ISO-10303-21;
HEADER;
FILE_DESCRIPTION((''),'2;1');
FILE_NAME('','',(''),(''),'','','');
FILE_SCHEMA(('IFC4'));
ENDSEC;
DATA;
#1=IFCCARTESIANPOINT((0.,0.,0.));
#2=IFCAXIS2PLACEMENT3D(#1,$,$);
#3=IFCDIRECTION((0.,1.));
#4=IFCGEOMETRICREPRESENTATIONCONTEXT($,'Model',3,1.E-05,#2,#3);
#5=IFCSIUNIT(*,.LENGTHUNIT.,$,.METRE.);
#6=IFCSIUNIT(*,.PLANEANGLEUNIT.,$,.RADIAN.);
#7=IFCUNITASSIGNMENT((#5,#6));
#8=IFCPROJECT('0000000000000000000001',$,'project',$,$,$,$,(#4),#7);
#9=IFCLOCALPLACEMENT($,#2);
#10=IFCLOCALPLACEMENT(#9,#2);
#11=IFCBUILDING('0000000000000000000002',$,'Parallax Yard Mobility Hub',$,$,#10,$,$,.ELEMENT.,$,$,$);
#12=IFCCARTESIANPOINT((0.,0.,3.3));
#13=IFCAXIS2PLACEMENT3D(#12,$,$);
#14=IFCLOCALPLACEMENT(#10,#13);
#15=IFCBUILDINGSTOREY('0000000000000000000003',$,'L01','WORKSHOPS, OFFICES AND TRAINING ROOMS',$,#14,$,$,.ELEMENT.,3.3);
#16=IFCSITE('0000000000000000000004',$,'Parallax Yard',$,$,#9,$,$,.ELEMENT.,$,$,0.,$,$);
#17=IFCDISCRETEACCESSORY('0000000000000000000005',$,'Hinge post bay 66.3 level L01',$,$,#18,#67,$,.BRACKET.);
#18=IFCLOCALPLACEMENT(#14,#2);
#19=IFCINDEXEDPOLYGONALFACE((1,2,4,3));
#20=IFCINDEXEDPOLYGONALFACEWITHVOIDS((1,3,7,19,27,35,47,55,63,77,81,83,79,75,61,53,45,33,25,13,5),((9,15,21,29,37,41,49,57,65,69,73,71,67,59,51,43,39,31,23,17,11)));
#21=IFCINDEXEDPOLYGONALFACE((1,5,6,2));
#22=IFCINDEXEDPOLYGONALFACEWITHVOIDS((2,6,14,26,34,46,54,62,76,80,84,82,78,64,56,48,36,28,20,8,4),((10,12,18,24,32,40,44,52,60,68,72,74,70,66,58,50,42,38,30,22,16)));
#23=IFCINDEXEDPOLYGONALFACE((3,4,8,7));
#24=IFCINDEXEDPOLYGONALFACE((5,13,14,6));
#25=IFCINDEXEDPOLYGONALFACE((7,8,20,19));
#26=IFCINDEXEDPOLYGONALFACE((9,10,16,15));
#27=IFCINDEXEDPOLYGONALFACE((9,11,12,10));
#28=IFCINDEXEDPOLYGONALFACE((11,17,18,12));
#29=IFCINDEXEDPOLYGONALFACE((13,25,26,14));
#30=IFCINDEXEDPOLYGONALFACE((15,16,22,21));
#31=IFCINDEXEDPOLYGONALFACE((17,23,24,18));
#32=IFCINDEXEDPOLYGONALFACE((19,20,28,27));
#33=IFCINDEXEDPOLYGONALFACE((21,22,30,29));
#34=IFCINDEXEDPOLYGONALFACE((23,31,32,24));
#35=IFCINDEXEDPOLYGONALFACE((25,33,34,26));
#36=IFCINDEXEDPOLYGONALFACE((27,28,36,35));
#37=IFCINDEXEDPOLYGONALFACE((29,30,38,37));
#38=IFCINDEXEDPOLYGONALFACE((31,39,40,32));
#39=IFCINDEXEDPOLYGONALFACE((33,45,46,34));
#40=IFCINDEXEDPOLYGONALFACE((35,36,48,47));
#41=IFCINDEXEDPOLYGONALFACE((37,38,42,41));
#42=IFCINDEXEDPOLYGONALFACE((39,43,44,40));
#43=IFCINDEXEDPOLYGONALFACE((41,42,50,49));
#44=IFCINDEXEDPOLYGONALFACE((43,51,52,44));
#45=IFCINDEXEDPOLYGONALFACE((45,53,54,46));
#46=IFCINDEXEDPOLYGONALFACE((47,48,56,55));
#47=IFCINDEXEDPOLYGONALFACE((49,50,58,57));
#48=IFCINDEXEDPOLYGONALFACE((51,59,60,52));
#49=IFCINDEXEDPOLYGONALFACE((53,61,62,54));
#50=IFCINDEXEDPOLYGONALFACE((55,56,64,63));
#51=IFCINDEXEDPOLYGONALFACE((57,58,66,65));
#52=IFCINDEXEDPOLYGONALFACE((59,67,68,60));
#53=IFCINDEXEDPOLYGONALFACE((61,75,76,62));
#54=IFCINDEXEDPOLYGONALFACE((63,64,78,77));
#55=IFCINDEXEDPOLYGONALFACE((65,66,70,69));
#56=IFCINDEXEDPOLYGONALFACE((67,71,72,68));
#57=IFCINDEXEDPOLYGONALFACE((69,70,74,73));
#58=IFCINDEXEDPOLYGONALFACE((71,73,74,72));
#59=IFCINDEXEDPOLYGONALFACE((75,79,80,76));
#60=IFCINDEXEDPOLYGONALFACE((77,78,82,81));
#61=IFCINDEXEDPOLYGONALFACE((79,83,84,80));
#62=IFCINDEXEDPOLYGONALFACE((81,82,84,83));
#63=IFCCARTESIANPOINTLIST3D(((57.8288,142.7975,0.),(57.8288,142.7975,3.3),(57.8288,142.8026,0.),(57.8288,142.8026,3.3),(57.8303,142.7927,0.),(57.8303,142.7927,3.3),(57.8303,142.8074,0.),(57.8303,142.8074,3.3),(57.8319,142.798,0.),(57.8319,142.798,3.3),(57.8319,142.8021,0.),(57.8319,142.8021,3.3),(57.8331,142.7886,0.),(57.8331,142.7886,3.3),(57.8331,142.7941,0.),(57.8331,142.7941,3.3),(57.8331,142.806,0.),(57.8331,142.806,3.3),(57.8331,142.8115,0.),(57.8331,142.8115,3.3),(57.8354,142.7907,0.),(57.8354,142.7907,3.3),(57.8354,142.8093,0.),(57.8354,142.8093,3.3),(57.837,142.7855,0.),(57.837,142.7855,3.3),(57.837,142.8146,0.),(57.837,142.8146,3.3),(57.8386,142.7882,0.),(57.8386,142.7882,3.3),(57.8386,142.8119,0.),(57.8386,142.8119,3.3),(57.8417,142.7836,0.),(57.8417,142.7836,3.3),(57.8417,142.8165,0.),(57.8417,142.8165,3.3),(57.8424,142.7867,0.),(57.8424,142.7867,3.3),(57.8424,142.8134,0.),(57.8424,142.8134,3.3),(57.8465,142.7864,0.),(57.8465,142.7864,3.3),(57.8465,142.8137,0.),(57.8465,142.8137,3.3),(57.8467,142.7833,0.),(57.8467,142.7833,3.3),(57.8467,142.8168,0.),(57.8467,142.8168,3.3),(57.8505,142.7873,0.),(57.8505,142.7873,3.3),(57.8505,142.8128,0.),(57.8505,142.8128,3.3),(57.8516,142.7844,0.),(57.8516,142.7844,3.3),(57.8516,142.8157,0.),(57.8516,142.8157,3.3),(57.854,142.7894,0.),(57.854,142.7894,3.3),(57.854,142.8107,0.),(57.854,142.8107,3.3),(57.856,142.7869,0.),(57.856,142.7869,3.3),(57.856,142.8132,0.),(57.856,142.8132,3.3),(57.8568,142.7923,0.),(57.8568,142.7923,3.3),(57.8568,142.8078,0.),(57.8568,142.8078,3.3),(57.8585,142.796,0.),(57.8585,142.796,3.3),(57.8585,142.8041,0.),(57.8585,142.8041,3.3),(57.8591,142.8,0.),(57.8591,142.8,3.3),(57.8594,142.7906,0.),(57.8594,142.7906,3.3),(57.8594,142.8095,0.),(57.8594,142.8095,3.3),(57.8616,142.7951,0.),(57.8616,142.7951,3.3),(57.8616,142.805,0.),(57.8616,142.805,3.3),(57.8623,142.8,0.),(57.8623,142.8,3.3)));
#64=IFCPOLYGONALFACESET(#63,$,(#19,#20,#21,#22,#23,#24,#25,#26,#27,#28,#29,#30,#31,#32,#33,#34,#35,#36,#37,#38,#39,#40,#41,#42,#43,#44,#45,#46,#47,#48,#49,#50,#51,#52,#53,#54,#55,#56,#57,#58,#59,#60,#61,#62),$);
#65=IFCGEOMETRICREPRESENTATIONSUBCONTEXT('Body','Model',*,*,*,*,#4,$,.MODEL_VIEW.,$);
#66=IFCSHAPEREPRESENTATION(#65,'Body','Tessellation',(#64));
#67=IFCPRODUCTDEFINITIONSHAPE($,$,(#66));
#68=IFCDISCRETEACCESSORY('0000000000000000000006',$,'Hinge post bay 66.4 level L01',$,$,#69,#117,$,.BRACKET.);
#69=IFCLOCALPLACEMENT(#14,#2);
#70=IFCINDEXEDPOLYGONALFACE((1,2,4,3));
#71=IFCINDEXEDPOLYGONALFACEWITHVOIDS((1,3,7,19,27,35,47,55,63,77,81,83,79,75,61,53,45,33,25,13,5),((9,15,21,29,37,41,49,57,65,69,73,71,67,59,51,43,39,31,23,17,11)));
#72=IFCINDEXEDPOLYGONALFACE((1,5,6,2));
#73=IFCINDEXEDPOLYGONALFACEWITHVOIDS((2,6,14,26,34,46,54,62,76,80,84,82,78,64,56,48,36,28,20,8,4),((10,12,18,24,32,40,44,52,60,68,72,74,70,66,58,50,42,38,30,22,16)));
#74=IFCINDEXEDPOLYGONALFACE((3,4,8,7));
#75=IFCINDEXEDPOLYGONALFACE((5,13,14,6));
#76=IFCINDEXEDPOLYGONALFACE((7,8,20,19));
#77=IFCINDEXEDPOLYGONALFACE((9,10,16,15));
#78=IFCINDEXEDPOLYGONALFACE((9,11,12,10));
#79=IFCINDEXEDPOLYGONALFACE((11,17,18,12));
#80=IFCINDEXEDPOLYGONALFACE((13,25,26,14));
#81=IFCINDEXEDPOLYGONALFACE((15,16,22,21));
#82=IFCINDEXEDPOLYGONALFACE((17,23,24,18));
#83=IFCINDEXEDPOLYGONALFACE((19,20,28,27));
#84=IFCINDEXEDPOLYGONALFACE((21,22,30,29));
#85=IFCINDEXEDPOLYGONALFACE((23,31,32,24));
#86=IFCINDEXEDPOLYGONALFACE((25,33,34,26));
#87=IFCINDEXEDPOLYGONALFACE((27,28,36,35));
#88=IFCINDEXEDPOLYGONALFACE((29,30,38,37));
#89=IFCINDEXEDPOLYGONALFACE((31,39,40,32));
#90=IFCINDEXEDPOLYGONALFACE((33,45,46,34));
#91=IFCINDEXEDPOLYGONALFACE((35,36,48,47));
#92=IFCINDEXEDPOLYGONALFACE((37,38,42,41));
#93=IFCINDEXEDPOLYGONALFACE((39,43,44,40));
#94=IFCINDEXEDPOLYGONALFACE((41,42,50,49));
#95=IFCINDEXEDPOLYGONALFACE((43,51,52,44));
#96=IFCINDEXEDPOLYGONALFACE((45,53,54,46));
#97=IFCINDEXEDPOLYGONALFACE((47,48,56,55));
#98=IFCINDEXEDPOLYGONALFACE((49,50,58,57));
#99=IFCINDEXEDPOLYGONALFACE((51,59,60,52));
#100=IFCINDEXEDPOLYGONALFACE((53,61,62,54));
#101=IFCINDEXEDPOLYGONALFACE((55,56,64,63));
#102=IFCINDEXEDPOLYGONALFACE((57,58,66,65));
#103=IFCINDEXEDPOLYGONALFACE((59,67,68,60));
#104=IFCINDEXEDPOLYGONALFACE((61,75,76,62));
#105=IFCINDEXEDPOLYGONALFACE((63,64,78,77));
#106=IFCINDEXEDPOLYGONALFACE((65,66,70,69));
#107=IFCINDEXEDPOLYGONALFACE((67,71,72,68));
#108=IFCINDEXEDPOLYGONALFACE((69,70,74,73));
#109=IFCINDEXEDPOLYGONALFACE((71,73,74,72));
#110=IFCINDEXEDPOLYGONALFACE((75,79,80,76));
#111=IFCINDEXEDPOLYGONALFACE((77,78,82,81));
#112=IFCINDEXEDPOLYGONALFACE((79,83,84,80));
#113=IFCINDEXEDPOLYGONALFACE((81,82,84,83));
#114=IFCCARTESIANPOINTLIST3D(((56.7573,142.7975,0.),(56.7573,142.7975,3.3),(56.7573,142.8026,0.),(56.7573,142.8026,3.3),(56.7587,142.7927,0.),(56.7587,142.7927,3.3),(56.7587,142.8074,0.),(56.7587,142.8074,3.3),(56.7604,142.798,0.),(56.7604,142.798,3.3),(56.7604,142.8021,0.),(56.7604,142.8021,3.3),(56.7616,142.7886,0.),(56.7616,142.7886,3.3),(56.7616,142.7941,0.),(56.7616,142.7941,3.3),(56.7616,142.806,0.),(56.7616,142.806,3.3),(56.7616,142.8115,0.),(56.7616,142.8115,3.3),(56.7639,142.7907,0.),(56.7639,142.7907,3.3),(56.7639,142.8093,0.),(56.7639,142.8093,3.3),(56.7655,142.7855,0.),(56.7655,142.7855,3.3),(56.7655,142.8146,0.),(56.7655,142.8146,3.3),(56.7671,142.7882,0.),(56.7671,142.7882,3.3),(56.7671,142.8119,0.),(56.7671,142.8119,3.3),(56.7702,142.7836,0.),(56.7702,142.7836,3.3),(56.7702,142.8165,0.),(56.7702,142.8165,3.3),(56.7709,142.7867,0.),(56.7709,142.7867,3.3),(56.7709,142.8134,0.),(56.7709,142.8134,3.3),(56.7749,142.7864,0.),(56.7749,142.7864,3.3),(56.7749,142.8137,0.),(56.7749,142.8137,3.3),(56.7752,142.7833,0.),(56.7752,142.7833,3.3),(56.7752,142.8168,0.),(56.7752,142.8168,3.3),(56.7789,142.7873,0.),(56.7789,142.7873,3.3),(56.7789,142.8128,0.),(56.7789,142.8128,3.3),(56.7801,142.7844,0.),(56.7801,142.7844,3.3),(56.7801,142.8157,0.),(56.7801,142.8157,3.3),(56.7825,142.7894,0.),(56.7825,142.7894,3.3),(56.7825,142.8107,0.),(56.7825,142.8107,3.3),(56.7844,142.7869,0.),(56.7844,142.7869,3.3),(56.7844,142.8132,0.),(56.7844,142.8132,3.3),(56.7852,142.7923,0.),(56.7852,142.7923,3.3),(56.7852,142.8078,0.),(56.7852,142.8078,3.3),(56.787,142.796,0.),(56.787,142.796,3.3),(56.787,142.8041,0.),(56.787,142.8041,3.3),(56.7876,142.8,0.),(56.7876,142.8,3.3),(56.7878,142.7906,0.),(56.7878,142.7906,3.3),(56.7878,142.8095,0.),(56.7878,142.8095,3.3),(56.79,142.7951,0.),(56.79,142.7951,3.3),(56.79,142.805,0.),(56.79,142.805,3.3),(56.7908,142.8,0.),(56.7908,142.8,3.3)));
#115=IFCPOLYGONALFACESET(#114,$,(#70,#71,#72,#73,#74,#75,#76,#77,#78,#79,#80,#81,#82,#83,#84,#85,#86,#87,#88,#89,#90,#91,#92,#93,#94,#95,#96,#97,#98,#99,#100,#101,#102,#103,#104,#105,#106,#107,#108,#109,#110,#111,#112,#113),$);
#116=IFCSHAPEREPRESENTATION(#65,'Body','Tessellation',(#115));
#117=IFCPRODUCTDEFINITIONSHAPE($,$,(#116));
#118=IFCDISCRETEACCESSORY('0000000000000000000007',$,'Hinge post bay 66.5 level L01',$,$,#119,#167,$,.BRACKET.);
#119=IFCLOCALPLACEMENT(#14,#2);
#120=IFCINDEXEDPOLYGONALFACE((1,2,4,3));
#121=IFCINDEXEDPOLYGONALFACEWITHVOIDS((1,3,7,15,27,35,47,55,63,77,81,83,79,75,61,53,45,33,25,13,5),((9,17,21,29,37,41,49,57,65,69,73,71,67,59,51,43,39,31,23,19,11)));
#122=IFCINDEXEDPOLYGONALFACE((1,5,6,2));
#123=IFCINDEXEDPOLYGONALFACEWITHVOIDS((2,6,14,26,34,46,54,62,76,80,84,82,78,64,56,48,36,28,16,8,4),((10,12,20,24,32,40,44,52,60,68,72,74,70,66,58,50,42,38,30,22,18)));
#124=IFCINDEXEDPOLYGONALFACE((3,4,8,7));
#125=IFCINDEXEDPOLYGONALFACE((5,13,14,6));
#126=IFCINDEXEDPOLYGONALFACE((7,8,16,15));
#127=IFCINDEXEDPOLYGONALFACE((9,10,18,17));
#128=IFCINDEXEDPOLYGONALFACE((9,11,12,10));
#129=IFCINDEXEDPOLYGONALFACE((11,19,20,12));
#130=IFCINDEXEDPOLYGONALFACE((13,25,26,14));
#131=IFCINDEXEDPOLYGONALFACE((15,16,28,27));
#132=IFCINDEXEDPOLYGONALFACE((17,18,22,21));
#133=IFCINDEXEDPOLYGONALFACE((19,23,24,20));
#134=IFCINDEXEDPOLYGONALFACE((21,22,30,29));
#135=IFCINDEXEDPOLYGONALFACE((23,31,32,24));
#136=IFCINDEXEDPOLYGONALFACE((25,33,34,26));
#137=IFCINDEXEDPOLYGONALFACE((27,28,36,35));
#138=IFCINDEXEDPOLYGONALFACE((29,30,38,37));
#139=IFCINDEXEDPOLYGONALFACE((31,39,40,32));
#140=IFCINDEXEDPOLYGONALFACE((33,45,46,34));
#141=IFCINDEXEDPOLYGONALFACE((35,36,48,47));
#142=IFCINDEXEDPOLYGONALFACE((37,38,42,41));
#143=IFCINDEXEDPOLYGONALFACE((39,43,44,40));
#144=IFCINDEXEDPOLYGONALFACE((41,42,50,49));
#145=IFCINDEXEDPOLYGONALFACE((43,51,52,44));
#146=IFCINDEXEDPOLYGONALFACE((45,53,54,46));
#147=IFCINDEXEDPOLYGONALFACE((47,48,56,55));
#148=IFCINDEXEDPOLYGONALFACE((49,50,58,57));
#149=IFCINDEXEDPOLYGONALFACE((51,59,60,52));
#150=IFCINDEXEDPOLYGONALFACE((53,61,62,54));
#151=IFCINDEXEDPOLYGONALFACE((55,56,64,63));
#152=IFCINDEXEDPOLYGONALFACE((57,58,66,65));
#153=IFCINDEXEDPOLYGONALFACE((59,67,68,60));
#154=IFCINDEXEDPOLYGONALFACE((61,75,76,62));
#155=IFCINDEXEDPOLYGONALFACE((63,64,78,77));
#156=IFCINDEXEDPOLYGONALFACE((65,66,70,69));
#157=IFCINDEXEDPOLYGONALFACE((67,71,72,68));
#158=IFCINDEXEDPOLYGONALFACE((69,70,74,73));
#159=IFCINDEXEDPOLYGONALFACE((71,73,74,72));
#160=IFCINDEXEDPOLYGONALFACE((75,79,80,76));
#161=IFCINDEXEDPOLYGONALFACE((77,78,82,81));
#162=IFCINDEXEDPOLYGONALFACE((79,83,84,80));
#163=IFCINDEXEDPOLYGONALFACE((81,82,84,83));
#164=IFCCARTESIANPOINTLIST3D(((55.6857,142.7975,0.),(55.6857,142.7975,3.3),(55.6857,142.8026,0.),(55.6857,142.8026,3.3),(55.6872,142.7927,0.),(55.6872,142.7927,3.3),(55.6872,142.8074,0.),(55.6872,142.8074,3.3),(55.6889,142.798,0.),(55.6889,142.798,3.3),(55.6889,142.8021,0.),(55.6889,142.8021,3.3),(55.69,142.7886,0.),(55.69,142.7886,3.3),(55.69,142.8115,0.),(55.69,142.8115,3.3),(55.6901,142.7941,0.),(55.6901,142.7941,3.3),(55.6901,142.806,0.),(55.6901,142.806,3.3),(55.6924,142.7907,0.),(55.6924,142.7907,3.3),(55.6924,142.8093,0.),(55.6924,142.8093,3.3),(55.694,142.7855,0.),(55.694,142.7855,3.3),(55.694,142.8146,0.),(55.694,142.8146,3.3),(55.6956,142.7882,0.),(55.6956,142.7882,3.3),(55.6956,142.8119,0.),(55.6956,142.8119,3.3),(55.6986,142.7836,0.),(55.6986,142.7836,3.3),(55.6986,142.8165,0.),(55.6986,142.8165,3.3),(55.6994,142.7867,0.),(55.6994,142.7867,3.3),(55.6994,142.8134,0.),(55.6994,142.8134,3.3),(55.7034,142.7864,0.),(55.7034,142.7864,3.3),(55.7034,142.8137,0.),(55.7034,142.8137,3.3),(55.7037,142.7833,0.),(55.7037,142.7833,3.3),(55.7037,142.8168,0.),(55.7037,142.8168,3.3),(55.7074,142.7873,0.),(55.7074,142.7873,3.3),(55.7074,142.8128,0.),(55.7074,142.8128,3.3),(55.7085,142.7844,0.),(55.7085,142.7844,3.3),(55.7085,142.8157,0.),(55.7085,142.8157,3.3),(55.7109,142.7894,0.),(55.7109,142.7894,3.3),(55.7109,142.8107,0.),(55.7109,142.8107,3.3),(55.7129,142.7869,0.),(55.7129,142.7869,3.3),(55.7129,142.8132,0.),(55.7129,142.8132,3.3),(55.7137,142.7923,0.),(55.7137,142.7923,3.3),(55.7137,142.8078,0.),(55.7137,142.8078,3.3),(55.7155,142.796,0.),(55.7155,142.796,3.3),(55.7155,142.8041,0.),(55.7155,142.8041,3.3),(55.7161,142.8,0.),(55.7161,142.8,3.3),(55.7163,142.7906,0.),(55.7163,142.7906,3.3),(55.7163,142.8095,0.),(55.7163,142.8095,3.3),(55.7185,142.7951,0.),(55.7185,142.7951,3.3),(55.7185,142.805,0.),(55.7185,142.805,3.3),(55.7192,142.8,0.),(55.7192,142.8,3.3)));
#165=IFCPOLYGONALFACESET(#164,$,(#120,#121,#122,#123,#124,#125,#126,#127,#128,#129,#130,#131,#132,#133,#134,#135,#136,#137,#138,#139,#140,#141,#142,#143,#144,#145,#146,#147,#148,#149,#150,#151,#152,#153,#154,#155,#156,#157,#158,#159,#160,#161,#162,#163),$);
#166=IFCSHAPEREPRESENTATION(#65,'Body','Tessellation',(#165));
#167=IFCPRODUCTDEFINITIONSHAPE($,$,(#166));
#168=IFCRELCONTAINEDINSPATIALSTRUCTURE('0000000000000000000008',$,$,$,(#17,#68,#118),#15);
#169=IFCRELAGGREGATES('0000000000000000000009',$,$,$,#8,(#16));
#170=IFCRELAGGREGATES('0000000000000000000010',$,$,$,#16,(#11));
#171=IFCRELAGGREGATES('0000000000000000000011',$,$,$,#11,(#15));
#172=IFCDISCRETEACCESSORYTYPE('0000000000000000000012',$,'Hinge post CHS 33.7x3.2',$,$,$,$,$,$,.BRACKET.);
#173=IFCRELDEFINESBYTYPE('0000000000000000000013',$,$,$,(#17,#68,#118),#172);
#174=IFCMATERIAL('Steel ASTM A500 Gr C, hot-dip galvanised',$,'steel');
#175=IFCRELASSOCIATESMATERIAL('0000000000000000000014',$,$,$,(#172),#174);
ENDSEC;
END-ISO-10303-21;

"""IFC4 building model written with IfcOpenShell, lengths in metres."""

from ifc_helpers import new_model, si_unit, direction, frame, origin, origin_2d, place, context, subcontext, project, spatial, hollow_circle, extrude, material, material_profile, profile_set, type_object, element, save


model = new_model("IFC4")

# Units and contexts
model_context = context("Model", 3, precision=1e-05, world=origin(), true_north=direction((0.0, 1.0)))
body_context = subcontext(model_context, "Body", "Model", "MODEL_VIEW")
ifc_project = project(units=[si_unit("LENGTHUNIT", "METRE"), si_unit("PLANEANGLEUNIT", "RADIAN")], contexts=[model_context])

# Site, building, storey
site_placement = place(None, origin())
site = spatial("IfcSite", under=ifc_project, at=site_placement, Name="Parallax Yard", CompositionType="ELEMENT", RefElevation=0.0)
building_placement = place(site_placement, origin())
building = spatial("IfcBuilding", under=site, at=building_placement, Name="Parallax Yard Mobility Hub", CompositionType="ELEMENT")
storey_placement = place(building_placement, frame((0.0, 0.0, 3.3)))
storey = spatial("IfcBuildingStorey", under=building, at=storey_placement, Name="L01", Description="WORKSHOPS, OFFICES AND TRAINING ROOMS", CompositionType="ELEMENT", Elevation=3.3)

# Discrete accessories
ifc_material_1 = material(Name="Steel ASTM A500 Gr C, hot-dip galvanised", Category="steel")
ifc_material_profile = material_profile(ifc_material_1, hollow_circle(Radius=0.0168, WallThickness=0.0032, at=origin_2d()), Name="CHS 33.7x3.2")
ifc_profile_set = profile_set([ifc_material_profile], Name="Steel ASTM A500 Gr C, hot-dip galvanised")
discrete_accessory_type_1 = type_object("IfcDiscreteAccessoryType", Name="Hinge post CHS 33.7x3.2", PredefinedType="BRACKET", material=ifc_profile_set)
for number, where, z_axis, x_axis, name in (
    (1, (57.8455, 142.8, 0.0), (0.0, 0.0, 1.0), (1.0, 0.0, 0.0), "Hinge post bay 66.3 level L01"),
    (2, (56.7739, 142.8, 0.0), (0.0, 0.0, 1.0), (1.0, 0.0, 0.0), "Hinge post bay 66.4 level L01"),
    (3, (55.7024, 142.8, 0.0), (0.0, 0.0, 1.0), (1.0, 0.0, 0.0), "Hinge post bay 66.5 level L01"),
):
    element("IfcDiscreteAccessory", number, at=place(storey_placement, frame(where, z_axis=z_axis, x_axis=x_axis)), inside=storey, type_object=discrete_accessory_type_1, Name=name, PredefinedType="BRACKET", context=body_context, shape_type="SweptSolid", body=[
        extrude(hollow_circle(Radius=0.0168, WallThickness=0.0032, at=origin_2d()), origin(), (0.0, 0.0, 1.0), 3.3),
    ])

save(model, "model.ifc")
